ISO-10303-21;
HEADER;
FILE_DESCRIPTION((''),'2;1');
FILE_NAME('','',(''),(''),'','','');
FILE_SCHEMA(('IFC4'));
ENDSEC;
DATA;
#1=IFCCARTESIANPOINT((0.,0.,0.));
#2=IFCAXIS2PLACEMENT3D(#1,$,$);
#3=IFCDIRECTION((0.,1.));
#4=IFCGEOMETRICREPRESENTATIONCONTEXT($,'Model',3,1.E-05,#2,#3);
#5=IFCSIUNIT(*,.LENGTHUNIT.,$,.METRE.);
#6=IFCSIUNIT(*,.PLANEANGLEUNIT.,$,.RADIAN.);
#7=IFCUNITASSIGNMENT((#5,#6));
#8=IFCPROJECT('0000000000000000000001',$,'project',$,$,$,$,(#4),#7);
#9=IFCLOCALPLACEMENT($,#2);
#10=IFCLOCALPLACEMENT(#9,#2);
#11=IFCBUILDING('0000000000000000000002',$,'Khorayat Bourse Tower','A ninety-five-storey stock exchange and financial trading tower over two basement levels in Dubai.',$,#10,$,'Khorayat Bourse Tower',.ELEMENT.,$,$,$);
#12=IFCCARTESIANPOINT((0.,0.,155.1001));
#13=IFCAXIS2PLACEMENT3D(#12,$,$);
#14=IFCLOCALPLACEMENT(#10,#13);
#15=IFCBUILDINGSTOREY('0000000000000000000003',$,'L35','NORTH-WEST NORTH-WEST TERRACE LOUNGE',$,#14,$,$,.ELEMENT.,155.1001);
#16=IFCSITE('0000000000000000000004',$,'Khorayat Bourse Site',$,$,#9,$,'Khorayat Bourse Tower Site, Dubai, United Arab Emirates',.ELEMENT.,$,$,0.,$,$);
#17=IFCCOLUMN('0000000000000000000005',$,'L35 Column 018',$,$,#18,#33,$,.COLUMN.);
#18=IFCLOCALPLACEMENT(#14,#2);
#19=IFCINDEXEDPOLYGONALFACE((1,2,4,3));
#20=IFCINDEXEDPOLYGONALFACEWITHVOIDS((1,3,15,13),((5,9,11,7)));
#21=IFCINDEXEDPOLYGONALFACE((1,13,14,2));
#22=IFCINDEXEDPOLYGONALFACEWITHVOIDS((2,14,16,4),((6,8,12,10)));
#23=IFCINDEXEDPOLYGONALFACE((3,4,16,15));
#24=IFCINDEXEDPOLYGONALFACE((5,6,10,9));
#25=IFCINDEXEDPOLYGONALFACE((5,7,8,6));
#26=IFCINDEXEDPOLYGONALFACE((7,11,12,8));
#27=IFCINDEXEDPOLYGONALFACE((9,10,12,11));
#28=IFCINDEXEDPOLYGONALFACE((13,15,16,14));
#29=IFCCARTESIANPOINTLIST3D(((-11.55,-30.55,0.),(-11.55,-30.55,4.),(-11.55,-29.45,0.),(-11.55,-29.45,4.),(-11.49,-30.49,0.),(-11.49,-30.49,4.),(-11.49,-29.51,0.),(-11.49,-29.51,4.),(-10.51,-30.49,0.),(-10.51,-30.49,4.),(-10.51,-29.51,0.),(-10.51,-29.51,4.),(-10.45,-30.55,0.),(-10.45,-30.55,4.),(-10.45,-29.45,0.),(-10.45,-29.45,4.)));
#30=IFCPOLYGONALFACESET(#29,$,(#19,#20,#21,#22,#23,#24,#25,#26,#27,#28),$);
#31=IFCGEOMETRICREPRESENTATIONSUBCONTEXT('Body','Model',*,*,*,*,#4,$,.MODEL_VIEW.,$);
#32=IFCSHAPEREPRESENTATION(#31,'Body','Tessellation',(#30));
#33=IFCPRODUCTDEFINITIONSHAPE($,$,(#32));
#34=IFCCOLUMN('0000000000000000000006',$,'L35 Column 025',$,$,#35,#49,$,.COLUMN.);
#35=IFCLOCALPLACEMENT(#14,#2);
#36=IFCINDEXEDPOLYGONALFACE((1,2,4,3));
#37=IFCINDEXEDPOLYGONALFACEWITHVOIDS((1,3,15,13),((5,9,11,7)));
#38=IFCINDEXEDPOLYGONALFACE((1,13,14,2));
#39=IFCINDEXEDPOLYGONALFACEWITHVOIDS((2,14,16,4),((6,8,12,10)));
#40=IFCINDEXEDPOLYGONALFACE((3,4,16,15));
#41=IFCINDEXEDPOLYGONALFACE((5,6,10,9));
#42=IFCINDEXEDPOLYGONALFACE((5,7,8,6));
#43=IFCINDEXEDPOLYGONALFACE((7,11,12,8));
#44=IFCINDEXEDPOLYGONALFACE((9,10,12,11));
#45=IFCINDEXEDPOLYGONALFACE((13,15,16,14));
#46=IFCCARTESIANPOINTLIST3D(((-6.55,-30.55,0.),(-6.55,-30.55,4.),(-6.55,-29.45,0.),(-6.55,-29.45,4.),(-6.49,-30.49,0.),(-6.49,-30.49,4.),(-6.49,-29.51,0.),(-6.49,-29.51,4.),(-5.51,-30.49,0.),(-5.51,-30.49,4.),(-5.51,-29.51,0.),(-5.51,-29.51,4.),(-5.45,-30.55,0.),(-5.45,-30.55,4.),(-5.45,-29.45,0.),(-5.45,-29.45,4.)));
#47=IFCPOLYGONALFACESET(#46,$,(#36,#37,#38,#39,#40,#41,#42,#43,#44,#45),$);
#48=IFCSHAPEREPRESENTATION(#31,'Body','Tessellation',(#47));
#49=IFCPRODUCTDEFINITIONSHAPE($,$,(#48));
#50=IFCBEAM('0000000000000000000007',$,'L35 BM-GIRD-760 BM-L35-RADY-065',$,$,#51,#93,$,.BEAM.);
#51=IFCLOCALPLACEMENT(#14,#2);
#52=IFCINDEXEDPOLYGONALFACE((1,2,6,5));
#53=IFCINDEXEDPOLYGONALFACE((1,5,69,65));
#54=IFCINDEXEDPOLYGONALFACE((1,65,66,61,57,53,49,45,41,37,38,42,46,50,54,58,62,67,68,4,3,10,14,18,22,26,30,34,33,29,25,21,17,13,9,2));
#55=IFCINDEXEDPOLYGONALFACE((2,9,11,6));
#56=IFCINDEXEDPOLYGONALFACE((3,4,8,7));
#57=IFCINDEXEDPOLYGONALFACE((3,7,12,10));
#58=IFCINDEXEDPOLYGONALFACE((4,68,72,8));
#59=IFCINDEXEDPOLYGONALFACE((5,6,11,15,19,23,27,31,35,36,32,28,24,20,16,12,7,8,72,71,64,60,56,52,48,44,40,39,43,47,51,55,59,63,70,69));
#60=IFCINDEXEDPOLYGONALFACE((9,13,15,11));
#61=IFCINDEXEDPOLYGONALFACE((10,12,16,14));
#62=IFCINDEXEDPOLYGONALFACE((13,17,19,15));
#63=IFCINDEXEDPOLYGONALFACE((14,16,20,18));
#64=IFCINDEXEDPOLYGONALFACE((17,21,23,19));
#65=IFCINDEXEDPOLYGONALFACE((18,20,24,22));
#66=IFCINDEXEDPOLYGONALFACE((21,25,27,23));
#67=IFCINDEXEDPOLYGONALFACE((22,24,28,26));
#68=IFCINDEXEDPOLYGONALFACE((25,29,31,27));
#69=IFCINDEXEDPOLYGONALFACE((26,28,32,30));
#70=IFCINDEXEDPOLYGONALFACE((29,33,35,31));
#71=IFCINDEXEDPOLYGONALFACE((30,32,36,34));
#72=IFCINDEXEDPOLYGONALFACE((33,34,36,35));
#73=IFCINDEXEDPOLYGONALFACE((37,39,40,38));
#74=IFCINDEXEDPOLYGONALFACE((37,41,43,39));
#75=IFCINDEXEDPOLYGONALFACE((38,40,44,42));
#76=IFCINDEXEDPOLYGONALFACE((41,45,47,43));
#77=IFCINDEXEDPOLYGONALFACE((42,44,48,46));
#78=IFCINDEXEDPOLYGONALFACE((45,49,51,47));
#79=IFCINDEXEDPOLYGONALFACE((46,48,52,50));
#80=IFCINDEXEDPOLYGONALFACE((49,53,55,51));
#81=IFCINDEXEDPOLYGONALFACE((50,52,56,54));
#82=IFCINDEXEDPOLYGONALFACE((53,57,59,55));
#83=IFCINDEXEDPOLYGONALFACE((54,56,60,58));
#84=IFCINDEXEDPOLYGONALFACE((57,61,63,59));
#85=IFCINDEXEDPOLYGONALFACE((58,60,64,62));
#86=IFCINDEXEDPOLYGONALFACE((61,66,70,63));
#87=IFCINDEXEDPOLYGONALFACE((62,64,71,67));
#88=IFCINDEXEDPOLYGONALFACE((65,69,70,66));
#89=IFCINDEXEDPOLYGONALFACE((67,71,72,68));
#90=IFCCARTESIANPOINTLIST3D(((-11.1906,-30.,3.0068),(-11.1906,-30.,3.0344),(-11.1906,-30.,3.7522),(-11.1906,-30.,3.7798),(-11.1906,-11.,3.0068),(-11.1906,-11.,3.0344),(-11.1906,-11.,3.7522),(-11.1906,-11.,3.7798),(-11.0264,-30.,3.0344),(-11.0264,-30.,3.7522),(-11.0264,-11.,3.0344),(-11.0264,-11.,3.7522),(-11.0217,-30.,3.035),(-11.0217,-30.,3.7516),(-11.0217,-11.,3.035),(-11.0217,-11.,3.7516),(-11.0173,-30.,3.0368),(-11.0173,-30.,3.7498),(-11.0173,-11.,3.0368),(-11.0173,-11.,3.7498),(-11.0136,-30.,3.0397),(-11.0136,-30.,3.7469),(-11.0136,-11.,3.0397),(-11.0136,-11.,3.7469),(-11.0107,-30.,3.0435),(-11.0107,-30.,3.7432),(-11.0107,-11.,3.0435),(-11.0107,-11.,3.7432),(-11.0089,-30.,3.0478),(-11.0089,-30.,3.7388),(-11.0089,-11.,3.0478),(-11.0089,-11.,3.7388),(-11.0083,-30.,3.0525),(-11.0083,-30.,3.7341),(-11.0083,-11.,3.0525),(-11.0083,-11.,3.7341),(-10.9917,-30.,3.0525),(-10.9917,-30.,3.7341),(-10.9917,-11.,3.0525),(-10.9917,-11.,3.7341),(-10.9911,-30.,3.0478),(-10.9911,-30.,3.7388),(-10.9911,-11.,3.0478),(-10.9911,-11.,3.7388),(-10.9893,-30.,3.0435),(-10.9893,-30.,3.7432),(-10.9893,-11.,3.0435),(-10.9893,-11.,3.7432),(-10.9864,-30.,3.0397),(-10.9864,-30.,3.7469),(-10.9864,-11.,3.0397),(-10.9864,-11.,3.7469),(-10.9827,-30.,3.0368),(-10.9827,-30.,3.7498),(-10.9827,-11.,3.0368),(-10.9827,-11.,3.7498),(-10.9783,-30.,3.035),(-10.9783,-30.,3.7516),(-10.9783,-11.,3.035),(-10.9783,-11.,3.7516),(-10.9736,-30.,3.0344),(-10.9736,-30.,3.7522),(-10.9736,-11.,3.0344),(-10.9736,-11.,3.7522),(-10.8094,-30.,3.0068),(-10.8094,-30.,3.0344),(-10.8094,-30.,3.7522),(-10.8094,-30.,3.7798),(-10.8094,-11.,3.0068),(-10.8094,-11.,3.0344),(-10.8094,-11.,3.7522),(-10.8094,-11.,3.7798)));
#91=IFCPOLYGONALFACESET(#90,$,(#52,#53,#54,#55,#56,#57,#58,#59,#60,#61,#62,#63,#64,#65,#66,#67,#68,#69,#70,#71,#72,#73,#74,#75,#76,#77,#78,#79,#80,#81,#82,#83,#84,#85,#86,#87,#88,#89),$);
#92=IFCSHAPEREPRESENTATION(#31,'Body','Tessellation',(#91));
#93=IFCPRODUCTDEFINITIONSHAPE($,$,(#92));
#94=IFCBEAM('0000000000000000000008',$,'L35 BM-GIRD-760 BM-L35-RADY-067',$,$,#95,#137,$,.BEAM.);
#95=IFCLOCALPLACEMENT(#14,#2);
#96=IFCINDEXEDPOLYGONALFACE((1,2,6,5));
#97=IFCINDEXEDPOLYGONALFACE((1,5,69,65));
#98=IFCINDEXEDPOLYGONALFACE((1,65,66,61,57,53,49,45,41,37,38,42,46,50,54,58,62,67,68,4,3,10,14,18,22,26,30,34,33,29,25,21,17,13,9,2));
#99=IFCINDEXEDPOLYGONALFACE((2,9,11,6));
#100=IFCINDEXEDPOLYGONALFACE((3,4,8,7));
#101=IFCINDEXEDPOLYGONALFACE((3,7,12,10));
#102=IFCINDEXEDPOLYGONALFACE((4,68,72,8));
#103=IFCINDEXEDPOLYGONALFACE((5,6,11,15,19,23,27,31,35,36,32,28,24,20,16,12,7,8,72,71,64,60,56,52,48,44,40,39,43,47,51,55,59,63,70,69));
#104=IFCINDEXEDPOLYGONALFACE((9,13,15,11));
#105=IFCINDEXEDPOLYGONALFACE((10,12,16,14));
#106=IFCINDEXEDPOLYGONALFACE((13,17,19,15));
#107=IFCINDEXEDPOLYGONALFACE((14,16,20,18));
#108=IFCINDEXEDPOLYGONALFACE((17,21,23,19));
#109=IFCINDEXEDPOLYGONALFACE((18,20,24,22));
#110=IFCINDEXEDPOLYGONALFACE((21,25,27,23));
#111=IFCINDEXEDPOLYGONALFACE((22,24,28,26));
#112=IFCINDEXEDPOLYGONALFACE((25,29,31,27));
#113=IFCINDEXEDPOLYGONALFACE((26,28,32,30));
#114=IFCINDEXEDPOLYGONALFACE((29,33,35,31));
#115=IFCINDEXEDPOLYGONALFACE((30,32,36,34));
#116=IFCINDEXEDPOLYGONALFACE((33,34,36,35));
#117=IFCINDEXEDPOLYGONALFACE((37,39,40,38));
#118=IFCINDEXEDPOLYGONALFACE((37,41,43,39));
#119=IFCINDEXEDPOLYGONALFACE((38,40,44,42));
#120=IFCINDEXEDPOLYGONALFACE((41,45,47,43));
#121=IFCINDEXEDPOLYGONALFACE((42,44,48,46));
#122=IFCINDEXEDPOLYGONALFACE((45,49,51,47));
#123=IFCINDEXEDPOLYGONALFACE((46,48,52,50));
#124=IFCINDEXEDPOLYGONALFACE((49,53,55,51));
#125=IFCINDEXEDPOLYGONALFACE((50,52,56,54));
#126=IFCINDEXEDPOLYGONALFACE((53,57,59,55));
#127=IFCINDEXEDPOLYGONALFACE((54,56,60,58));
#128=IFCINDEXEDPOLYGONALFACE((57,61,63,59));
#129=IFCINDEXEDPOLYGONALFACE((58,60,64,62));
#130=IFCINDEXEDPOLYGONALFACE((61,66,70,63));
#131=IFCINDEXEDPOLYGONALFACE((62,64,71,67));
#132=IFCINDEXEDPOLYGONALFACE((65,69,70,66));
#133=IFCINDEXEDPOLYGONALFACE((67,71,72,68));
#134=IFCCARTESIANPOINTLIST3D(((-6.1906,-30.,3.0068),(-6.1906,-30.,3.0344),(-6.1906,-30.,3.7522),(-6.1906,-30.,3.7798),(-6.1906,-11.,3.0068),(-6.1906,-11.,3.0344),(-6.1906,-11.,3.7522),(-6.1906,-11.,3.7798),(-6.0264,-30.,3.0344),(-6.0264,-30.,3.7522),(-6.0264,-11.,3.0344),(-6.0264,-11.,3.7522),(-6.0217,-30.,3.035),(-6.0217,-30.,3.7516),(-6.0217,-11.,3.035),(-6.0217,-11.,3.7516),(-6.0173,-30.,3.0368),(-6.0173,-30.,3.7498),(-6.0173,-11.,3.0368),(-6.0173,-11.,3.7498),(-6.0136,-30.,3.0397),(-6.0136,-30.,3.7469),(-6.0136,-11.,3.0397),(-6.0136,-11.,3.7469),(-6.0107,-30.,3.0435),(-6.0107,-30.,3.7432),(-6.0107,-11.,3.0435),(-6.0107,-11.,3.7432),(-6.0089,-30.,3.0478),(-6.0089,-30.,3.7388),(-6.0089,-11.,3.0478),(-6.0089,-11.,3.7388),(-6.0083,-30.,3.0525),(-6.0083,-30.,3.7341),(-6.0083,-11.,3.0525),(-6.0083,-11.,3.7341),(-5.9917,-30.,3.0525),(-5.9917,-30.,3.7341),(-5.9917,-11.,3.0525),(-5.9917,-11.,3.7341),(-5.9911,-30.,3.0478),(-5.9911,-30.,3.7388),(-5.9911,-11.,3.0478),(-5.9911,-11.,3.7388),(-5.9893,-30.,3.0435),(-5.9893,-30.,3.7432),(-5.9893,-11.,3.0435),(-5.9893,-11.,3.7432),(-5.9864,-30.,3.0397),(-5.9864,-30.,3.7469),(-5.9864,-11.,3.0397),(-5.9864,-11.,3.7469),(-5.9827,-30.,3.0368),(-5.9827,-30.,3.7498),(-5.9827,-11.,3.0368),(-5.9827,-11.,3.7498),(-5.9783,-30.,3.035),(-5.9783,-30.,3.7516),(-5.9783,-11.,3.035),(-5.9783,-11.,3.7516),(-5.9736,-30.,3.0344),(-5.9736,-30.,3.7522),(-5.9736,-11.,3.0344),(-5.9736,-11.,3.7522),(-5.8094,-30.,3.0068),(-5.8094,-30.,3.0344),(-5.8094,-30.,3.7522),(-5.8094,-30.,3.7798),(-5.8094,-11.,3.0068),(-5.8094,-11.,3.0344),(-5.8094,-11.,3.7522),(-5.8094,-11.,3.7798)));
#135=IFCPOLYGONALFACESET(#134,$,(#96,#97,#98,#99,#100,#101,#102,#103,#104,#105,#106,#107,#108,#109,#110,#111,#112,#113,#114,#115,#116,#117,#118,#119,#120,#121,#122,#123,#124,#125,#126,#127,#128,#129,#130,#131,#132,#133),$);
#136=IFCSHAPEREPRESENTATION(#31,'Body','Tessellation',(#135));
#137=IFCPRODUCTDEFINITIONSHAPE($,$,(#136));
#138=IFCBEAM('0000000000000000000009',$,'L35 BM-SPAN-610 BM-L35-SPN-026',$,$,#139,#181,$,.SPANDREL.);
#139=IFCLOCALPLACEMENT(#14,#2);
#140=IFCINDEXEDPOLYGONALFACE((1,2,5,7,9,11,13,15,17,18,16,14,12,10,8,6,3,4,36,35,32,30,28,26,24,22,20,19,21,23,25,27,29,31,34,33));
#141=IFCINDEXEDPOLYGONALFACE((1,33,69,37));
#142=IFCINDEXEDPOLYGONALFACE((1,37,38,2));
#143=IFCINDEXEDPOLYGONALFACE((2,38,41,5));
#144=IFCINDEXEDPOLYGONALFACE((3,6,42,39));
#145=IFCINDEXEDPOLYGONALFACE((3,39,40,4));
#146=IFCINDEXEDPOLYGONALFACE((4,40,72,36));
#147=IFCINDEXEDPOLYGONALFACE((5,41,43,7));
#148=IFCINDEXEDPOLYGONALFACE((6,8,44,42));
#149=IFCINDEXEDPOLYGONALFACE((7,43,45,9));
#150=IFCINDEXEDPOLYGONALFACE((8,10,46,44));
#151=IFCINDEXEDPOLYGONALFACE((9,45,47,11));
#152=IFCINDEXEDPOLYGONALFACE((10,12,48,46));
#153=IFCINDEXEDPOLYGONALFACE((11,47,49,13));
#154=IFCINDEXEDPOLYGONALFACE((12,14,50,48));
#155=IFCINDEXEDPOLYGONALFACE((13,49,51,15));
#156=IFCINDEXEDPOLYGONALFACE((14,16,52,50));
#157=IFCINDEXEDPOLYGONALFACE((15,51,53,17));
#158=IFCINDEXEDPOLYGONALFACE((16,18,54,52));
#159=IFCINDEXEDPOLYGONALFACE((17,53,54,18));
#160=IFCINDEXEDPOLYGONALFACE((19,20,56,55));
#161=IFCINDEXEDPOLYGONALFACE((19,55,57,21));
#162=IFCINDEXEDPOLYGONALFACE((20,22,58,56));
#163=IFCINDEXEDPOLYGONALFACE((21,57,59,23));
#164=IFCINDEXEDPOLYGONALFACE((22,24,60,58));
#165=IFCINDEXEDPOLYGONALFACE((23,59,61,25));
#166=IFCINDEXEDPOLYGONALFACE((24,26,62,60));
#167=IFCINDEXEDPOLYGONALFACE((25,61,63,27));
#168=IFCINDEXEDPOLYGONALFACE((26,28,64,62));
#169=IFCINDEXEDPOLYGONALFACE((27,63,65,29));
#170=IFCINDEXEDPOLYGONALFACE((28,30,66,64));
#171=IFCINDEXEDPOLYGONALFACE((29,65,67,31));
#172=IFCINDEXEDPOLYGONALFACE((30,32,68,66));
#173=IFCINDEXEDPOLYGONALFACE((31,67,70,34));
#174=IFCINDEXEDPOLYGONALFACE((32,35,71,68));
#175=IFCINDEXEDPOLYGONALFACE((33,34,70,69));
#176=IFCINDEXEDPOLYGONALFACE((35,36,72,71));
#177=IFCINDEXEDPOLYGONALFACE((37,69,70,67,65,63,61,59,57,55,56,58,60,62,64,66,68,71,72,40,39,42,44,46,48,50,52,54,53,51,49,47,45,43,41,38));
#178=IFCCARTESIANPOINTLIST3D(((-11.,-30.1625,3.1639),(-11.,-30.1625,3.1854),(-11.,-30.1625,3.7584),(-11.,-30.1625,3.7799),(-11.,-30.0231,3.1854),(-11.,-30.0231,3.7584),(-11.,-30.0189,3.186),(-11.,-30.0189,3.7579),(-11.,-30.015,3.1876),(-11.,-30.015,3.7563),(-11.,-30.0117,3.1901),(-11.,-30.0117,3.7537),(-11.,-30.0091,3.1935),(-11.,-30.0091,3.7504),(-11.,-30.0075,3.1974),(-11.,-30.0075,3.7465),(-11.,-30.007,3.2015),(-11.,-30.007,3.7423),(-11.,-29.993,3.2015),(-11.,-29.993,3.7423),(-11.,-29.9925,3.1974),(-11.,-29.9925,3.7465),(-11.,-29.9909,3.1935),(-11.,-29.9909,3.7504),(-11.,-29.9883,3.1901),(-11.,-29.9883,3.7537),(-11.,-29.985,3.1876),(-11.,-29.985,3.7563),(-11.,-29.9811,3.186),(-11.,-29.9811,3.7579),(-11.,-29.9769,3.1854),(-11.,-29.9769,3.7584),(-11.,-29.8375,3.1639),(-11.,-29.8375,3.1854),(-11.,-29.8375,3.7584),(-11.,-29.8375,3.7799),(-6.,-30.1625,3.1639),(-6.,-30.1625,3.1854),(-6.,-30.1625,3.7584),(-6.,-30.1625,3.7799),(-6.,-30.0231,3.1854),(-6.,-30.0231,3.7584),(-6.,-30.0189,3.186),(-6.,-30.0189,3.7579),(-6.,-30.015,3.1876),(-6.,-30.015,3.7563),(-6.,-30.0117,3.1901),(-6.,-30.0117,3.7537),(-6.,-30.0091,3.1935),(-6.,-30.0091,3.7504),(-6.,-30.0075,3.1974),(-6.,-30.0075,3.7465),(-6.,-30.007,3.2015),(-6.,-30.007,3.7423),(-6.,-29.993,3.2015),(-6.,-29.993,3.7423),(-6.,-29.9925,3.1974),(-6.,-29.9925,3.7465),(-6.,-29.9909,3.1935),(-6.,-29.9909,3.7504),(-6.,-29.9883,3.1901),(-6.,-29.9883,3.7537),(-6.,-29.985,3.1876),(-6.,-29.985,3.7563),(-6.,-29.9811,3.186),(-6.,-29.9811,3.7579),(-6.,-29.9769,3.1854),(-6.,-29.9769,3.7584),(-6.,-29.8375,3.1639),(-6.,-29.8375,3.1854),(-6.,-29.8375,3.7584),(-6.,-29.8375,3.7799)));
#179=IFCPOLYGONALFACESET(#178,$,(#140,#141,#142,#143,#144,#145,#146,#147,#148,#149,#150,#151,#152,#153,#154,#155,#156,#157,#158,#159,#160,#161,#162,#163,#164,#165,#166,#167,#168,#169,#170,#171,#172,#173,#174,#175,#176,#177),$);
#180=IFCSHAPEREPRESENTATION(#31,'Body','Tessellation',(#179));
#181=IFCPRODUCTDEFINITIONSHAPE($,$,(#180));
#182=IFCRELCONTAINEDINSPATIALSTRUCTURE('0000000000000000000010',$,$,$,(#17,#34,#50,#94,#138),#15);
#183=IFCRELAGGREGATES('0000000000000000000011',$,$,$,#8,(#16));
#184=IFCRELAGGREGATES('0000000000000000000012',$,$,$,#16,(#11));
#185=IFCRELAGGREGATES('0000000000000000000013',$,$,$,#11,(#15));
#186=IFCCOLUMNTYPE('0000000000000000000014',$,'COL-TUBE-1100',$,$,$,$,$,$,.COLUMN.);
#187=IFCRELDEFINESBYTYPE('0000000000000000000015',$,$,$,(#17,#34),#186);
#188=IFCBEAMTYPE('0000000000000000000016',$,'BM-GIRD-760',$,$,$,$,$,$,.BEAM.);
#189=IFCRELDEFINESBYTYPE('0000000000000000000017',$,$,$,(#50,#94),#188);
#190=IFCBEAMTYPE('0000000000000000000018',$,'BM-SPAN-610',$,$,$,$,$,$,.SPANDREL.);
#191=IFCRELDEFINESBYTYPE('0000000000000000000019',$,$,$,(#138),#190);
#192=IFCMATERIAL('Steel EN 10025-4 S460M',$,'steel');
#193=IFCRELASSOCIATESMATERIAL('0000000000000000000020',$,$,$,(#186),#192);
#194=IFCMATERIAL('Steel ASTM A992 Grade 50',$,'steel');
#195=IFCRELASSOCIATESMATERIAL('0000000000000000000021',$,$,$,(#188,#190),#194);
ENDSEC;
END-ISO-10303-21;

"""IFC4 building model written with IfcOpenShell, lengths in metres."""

from ifc_helpers import new_model, si_unit, direction, frame, origin, origin_2d, place, context, subcontext, project, spatial, hollow_rectangle, i_section, extrude, source, transform, mapped, material, material_profile, profile_set, type_object, element, save


model = new_model("IFC4")

# Units and contexts
model_context = context("Model", 3, precision=1e-05, world=origin(), true_north=direction((0.0, 1.0)))
body_context = subcontext(model_context, "Body", "Model", "MODEL_VIEW")
ifc_project = project(units=[si_unit("LENGTHUNIT", "METRE"), si_unit("PLANEANGLEUNIT", "RADIAN")], contexts=[model_context])

# Site, building, storey
site_placement = place(None, origin())
site = spatial("IfcSite", under=ifc_project, at=site_placement, Name="Khorayat Bourse Site", LongName="Khorayat Bourse Tower Site, Dubai, United Arab Emirates", CompositionType="ELEMENT", RefElevation=0.0)
building_placement = place(site_placement, origin())
building = spatial("IfcBuilding", under=site, at=building_placement, Name="Khorayat Bourse Tower", Description="A ninety-five-storey stock exchange and financial trading tower over two basement levels in Dubai.", LongName="Khorayat Bourse Tower", CompositionType="ELEMENT")
storey_placement = place(building_placement, frame((0.0, 0.0, 155.1001)))
storey = spatial("IfcBuildingStorey", under=building, at=storey_placement, Name="L35", Description="NORTH-WEST NORTH-WEST TERRACE LOUNGE", CompositionType="ELEMENT", Elevation=155.1001)

# Columns
ifc_material_1 = material(Name="Steel EN 10025-4 S460M", Category="steel")
ifc_material_profile_1 = material_profile(ifc_material_1, hollow_rectangle(XDim=1.1001, YDim=1.1001, WallThickness=0.0601, at=origin_2d()), Name="BOX 1100x1100x60")
ifc_profile_set_1 = profile_set([ifc_material_profile_1], Name="Steel EN 10025-4 S460M")
column_type = type_object("IfcColumnType", Name="COL-TUBE-1100", PredefinedType="COLUMN", material=ifc_profile_set_1)
shared_shape_1 = source(origin(), body_context, "Body", "SweptSolid", [
    extrude(hollow_rectangle(XDim=1.1001, YDim=1.1001, WallThickness=0.0601, at=origin_2d()), origin(), (0.0, 0.0, 1.0), 4.0),
])
for number, where, z_axis, x_axis, name in (
    (1, (-11.0, -30.0, 0.0), (0.0, 0.0, 1.0), (1.0, 0.0, 0.0), "L35 Column 018"),
    (2, (-6.0, -30.0, 0.0), (0.0, 0.0, 1.0), (1.0, 0.0, 0.0), "L35 Column 025"),
):
    element("IfcColumn", number, at=place(storey_placement, frame(where, z_axis=z_axis, x_axis=x_axis)), inside=storey, type_object=column_type, Name=name, PredefinedType="COLUMN", context=body_context, shape_type="MappedRepresentation", body=[
        mapped(shared_shape_1, transform((0.0, 0.0, 0.0), scale=1.0)),
    ])

# Beams
ifc_material_2 = material(Name="Steel ASTM A992 Grade 50", Category="steel")
ifc_material_profile_2 = material_profile(ifc_material_2, i_section(OverallWidth=0.3811, OverallDepth=0.7729, WebThickness=0.0166, FlangeThickness=0.0276, FilletRadius=0.0181, at=origin_2d()), Name="W760X257")
ifc_profile_set_2 = profile_set([ifc_material_profile_2], Name="Steel ASTM A992 Grade 50")
beam_type_1 = type_object("IfcBeamType", Name="BM-GIRD-760", PredefinedType="BEAM", material=ifc_profile_set_2)
shared_shape_2 = source(origin(), body_context, "Body", "SweptSolid", [
    extrude(i_section(OverallWidth=0.3811, OverallDepth=0.7729, WebThickness=0.0166, FlangeThickness=0.0276, FilletRadius=0.0181, at=origin_2d()), origin(), (0.0, 0.0, 1.0), 19.0),
])
for number, where, z_axis, x_axis, name in (
    (3, (-11.0, -30.0, 3.3933), (0.0, 1.0, 0.0), (-1.0, 0.0, 0.0), "L35 BM-GIRD-760 BM-L35-RADY-065"),
    (4, (-6.0, -30.0, 3.3933), (0.0, 1.0, 0.0), (-1.0, 0.0, 0.0), "L35 BM-GIRD-760 BM-L35-RADY-067"),
):
    element("IfcBeam", number, at=place(storey_placement, frame(where, z_axis=z_axis, x_axis=x_axis)), inside=storey, type_object=beam_type_1, Name=name, PredefinedType="BEAM", context=body_context, shape_type="MappedRepresentation", body=[
        mapped(shared_shape_2, transform((0.0, 0.0, 0.0), scale=1.0)),
    ])
ifc_material_profile_3 = material_profile(ifc_material_2, i_section(OverallWidth=0.325, OverallDepth=0.616, WebThickness=0.0139, FlangeThickness=0.0215, FilletRadius=0.0161, at=origin_2d()), Name="W610X174")
ifc_profile_set_3 = profile_set([ifc_material_profile_3], Name="Steel ASTM A992 Grade 50")
beam_type_2 = type_object("IfcBeamType", Name="BM-SPAN-610", PredefinedType="SPANDREL", material=ifc_profile_set_3)
shared_shape_3 = source(origin(), body_context, "Body", "SweptSolid", [
    extrude(i_section(OverallWidth=0.325, OverallDepth=0.616, WebThickness=0.0139, FlangeThickness=0.0215, FilletRadius=0.0161, at=origin_2d()), origin(), (0.0, 0.0, 1.0), 5.0),
])
beam_1_placement = place(storey_placement, frame((-11.0, -30.0, 3.4719), z_axis=(1.0, 0.0, 0.0), x_axis=(0.0, 1.0, 0.0)))
element("IfcBeam", 5, at=beam_1_placement, inside=storey, type_object=beam_type_2, Name="L35 BM-SPAN-610 BM-L35-SPN-026", PredefinedType="SPANDREL", context=body_context, shape_type="MappedRepresentation", body=[
    mapped(shared_shape_3, transform((0.0, 0.0, 0.0), scale=1.0)),
])

save(model, "model.ifc")
